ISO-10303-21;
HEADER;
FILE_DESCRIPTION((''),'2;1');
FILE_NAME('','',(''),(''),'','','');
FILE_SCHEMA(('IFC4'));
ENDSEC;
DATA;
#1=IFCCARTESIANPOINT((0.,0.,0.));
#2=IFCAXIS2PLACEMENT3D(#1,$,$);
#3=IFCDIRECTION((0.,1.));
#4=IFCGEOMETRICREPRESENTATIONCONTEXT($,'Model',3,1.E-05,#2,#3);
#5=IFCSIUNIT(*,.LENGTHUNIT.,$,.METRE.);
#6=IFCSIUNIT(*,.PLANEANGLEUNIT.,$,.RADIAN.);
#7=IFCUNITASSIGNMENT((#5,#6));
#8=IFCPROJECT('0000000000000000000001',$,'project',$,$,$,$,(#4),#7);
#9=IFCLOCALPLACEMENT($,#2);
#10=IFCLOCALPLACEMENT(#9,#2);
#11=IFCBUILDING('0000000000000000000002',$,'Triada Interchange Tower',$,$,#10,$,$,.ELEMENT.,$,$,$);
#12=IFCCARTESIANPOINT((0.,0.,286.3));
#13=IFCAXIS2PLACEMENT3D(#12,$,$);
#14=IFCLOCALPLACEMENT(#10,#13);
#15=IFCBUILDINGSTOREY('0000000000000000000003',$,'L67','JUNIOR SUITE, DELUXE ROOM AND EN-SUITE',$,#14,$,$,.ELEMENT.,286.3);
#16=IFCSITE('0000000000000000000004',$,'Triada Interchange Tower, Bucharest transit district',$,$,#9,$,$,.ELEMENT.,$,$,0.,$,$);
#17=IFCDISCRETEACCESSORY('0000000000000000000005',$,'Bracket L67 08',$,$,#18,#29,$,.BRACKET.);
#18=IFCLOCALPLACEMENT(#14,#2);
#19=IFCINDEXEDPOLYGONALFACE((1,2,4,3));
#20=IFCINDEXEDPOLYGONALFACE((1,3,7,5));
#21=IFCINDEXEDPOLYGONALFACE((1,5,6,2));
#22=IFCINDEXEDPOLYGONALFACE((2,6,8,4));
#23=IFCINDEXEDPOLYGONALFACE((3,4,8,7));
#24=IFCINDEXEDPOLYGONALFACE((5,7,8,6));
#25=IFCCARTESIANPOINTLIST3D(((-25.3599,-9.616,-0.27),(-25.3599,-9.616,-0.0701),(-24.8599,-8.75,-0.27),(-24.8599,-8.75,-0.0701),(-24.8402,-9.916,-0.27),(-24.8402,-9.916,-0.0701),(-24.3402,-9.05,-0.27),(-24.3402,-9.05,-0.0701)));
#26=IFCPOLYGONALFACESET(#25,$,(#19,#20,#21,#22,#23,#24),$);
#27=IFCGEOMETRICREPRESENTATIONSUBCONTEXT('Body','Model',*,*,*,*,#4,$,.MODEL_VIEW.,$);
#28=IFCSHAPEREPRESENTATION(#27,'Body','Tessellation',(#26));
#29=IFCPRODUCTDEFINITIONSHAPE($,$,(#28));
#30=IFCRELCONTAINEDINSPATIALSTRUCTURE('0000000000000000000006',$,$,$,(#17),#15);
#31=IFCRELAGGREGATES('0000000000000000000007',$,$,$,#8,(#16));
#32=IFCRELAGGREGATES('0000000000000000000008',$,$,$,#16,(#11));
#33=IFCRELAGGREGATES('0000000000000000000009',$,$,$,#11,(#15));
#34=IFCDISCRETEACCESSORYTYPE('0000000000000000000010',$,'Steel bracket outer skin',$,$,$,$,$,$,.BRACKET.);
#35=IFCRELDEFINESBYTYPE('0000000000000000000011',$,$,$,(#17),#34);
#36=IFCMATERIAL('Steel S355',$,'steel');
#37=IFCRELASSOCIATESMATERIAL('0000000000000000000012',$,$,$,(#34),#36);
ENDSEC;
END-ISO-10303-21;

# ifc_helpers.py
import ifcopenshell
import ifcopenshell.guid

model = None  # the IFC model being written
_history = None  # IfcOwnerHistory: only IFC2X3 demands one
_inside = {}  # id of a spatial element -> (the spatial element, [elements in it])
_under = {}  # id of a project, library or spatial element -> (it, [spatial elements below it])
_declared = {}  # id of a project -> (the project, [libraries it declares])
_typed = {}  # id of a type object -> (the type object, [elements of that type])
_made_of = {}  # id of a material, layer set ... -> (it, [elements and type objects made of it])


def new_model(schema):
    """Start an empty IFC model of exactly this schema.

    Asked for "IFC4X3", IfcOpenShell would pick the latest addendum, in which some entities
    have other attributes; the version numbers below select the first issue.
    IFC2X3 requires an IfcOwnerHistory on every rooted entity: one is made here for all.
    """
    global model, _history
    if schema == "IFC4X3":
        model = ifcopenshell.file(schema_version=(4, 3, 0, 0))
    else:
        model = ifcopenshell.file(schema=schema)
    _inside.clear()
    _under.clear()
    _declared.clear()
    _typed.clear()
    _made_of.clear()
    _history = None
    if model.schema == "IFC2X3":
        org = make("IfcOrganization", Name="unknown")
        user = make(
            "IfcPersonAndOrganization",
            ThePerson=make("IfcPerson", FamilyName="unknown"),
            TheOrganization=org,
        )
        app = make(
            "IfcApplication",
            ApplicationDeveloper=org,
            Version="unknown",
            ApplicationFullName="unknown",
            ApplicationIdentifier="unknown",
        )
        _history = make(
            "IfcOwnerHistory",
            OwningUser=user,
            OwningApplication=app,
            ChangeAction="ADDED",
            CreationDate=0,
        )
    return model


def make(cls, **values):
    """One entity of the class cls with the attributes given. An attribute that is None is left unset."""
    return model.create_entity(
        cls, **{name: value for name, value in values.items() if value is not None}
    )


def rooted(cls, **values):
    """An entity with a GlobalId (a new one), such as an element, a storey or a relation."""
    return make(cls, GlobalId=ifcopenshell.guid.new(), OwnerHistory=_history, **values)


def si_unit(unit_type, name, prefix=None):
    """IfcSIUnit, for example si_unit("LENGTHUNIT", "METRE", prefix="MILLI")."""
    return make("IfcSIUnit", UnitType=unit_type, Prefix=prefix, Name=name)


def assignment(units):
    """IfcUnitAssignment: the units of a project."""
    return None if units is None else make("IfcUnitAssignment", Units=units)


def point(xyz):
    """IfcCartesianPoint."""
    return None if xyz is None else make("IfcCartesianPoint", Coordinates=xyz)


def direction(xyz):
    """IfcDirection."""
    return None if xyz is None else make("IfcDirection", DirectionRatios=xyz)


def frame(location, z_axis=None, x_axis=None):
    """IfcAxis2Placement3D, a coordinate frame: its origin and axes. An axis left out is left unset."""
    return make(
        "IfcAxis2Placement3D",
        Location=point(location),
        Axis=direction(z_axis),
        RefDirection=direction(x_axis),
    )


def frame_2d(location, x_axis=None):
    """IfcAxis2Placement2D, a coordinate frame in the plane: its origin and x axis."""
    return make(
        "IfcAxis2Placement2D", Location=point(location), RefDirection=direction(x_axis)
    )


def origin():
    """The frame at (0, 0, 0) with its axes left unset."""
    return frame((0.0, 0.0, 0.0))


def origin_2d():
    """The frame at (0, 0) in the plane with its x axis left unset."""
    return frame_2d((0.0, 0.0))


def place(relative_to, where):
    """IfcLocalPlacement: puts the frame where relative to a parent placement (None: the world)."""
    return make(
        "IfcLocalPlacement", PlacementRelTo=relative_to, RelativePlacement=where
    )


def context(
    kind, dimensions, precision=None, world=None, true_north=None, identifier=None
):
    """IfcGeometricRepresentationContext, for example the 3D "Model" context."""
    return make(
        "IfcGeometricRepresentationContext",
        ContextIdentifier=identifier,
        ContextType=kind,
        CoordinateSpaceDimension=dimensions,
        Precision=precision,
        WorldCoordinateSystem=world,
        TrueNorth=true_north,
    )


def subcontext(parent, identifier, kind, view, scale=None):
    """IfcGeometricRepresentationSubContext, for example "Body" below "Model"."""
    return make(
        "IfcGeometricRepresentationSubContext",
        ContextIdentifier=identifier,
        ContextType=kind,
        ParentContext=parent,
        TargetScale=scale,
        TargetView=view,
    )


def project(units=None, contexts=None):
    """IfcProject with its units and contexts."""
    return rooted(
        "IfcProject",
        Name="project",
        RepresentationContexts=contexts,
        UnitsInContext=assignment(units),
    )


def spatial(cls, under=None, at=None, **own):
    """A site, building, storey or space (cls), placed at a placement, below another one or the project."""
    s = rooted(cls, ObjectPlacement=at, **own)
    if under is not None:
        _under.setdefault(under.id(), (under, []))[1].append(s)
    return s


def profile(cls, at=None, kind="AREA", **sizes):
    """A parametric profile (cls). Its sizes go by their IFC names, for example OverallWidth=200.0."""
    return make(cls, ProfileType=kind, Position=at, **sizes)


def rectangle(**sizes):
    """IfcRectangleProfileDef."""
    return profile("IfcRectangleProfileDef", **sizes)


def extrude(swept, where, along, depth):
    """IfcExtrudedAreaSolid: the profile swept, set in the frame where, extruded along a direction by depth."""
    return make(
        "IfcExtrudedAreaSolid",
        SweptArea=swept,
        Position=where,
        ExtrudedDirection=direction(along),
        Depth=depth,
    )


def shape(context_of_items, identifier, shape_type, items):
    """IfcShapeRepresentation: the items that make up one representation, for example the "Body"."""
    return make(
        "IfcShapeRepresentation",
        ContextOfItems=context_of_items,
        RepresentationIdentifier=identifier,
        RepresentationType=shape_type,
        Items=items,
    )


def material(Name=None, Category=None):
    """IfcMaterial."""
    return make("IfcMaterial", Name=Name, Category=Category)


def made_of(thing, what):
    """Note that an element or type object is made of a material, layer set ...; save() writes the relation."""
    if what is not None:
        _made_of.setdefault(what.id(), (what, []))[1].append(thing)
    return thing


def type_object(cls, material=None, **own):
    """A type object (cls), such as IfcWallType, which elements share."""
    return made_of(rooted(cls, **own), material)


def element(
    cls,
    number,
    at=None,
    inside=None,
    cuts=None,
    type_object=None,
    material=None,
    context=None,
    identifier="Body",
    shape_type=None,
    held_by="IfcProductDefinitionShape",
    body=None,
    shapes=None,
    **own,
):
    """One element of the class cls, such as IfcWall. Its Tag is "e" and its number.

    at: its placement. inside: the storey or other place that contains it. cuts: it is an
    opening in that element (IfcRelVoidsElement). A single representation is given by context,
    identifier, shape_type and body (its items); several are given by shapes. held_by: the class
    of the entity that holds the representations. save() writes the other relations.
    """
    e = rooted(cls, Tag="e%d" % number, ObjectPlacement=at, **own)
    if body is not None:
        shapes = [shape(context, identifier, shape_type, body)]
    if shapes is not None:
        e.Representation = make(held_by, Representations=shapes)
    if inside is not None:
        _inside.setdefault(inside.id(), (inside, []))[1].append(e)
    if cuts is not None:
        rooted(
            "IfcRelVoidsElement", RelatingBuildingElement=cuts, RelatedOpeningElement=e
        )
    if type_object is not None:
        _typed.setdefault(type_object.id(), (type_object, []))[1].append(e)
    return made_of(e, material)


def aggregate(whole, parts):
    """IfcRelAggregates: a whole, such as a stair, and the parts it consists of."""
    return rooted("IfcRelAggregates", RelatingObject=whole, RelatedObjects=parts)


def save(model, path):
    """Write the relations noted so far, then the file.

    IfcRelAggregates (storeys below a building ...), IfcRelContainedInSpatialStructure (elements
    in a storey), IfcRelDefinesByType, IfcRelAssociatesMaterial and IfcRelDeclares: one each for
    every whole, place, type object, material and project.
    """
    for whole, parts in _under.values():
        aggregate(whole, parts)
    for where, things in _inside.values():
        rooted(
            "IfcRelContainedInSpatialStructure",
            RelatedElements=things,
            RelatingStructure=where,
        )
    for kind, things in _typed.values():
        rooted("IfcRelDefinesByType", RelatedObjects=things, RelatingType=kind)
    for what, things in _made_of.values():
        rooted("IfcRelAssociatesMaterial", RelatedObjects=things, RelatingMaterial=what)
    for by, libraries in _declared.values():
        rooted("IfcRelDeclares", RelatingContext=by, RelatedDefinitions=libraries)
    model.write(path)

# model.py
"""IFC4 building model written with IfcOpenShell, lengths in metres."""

from ifc_helpers import new_model, si_unit, direction, frame, origin, origin_2d, place, context, subcontext, project, spatial, rectangle, extrude, material, type_object, element, save


model = new_model("IFC4")

# Units and contexts
model_context = context("Model", 3, precision=1e-05, world=origin(), true_north=direction((0.0, 1.0)))
body_context = subcontext(model_context, "Body", "Model", "MODEL_VIEW")
ifc_project = project(units=[si_unit("LENGTHUNIT", "METRE"), si_unit("PLANEANGLEUNIT", "RADIAN")], contexts=[model_context])

# Site, building, storey
site_placement = place(None, origin())
site = spatial("IfcSite", under=ifc_project, at=site_placement, Name="Triada Interchange Tower, Bucharest transit district", CompositionType="ELEMENT", RefElevation=0.0)
building_placement = place(site_placement, origin())
building = spatial("IfcBuilding", under=site, at=building_placement, Name="Triada Interchange Tower", CompositionType="ELEMENT")
storey_placement = place(building_placement, frame((0.0, 0.0, 286.3)))
storey = spatial("IfcBuildingStorey", under=building, at=storey_placement, Name="L67", Description="JUNIOR SUITE, DELUXE ROOM AND EN-SUITE", CompositionType="ELEMENT", Elevation=286.3)

# Discrete accessory
ifc_material_1 = material(Name="Steel S355", Category="steel")
discrete_accessory_type = type_object("IfcDiscreteAccessoryType", Name="Steel bracket outer skin", PredefinedType="BRACKET", material=ifc_material_1)
discrete_accessory_placement = place(storey_placement, frame((-24.8501, -9.333, -0.27), z_axis=(0.0, 0.0, 1.0), x_axis=(-0.866024, 0.500002, 0.0)))
element("IfcDiscreteAccessory", 1, at=discrete_accessory_placement, inside=storey, type_object=discrete_accessory_type, Name="Bracket L67 08", PredefinedType="BRACKET", context=body_context, shape_type="SweptSolid", body=[
    extrude(rectangle(XDim=0.6001, YDim=1.0, at=origin_2d()), origin(), (0.0, 0.0, 1.0), 0.2),
])

save(model, "model.ifc")
